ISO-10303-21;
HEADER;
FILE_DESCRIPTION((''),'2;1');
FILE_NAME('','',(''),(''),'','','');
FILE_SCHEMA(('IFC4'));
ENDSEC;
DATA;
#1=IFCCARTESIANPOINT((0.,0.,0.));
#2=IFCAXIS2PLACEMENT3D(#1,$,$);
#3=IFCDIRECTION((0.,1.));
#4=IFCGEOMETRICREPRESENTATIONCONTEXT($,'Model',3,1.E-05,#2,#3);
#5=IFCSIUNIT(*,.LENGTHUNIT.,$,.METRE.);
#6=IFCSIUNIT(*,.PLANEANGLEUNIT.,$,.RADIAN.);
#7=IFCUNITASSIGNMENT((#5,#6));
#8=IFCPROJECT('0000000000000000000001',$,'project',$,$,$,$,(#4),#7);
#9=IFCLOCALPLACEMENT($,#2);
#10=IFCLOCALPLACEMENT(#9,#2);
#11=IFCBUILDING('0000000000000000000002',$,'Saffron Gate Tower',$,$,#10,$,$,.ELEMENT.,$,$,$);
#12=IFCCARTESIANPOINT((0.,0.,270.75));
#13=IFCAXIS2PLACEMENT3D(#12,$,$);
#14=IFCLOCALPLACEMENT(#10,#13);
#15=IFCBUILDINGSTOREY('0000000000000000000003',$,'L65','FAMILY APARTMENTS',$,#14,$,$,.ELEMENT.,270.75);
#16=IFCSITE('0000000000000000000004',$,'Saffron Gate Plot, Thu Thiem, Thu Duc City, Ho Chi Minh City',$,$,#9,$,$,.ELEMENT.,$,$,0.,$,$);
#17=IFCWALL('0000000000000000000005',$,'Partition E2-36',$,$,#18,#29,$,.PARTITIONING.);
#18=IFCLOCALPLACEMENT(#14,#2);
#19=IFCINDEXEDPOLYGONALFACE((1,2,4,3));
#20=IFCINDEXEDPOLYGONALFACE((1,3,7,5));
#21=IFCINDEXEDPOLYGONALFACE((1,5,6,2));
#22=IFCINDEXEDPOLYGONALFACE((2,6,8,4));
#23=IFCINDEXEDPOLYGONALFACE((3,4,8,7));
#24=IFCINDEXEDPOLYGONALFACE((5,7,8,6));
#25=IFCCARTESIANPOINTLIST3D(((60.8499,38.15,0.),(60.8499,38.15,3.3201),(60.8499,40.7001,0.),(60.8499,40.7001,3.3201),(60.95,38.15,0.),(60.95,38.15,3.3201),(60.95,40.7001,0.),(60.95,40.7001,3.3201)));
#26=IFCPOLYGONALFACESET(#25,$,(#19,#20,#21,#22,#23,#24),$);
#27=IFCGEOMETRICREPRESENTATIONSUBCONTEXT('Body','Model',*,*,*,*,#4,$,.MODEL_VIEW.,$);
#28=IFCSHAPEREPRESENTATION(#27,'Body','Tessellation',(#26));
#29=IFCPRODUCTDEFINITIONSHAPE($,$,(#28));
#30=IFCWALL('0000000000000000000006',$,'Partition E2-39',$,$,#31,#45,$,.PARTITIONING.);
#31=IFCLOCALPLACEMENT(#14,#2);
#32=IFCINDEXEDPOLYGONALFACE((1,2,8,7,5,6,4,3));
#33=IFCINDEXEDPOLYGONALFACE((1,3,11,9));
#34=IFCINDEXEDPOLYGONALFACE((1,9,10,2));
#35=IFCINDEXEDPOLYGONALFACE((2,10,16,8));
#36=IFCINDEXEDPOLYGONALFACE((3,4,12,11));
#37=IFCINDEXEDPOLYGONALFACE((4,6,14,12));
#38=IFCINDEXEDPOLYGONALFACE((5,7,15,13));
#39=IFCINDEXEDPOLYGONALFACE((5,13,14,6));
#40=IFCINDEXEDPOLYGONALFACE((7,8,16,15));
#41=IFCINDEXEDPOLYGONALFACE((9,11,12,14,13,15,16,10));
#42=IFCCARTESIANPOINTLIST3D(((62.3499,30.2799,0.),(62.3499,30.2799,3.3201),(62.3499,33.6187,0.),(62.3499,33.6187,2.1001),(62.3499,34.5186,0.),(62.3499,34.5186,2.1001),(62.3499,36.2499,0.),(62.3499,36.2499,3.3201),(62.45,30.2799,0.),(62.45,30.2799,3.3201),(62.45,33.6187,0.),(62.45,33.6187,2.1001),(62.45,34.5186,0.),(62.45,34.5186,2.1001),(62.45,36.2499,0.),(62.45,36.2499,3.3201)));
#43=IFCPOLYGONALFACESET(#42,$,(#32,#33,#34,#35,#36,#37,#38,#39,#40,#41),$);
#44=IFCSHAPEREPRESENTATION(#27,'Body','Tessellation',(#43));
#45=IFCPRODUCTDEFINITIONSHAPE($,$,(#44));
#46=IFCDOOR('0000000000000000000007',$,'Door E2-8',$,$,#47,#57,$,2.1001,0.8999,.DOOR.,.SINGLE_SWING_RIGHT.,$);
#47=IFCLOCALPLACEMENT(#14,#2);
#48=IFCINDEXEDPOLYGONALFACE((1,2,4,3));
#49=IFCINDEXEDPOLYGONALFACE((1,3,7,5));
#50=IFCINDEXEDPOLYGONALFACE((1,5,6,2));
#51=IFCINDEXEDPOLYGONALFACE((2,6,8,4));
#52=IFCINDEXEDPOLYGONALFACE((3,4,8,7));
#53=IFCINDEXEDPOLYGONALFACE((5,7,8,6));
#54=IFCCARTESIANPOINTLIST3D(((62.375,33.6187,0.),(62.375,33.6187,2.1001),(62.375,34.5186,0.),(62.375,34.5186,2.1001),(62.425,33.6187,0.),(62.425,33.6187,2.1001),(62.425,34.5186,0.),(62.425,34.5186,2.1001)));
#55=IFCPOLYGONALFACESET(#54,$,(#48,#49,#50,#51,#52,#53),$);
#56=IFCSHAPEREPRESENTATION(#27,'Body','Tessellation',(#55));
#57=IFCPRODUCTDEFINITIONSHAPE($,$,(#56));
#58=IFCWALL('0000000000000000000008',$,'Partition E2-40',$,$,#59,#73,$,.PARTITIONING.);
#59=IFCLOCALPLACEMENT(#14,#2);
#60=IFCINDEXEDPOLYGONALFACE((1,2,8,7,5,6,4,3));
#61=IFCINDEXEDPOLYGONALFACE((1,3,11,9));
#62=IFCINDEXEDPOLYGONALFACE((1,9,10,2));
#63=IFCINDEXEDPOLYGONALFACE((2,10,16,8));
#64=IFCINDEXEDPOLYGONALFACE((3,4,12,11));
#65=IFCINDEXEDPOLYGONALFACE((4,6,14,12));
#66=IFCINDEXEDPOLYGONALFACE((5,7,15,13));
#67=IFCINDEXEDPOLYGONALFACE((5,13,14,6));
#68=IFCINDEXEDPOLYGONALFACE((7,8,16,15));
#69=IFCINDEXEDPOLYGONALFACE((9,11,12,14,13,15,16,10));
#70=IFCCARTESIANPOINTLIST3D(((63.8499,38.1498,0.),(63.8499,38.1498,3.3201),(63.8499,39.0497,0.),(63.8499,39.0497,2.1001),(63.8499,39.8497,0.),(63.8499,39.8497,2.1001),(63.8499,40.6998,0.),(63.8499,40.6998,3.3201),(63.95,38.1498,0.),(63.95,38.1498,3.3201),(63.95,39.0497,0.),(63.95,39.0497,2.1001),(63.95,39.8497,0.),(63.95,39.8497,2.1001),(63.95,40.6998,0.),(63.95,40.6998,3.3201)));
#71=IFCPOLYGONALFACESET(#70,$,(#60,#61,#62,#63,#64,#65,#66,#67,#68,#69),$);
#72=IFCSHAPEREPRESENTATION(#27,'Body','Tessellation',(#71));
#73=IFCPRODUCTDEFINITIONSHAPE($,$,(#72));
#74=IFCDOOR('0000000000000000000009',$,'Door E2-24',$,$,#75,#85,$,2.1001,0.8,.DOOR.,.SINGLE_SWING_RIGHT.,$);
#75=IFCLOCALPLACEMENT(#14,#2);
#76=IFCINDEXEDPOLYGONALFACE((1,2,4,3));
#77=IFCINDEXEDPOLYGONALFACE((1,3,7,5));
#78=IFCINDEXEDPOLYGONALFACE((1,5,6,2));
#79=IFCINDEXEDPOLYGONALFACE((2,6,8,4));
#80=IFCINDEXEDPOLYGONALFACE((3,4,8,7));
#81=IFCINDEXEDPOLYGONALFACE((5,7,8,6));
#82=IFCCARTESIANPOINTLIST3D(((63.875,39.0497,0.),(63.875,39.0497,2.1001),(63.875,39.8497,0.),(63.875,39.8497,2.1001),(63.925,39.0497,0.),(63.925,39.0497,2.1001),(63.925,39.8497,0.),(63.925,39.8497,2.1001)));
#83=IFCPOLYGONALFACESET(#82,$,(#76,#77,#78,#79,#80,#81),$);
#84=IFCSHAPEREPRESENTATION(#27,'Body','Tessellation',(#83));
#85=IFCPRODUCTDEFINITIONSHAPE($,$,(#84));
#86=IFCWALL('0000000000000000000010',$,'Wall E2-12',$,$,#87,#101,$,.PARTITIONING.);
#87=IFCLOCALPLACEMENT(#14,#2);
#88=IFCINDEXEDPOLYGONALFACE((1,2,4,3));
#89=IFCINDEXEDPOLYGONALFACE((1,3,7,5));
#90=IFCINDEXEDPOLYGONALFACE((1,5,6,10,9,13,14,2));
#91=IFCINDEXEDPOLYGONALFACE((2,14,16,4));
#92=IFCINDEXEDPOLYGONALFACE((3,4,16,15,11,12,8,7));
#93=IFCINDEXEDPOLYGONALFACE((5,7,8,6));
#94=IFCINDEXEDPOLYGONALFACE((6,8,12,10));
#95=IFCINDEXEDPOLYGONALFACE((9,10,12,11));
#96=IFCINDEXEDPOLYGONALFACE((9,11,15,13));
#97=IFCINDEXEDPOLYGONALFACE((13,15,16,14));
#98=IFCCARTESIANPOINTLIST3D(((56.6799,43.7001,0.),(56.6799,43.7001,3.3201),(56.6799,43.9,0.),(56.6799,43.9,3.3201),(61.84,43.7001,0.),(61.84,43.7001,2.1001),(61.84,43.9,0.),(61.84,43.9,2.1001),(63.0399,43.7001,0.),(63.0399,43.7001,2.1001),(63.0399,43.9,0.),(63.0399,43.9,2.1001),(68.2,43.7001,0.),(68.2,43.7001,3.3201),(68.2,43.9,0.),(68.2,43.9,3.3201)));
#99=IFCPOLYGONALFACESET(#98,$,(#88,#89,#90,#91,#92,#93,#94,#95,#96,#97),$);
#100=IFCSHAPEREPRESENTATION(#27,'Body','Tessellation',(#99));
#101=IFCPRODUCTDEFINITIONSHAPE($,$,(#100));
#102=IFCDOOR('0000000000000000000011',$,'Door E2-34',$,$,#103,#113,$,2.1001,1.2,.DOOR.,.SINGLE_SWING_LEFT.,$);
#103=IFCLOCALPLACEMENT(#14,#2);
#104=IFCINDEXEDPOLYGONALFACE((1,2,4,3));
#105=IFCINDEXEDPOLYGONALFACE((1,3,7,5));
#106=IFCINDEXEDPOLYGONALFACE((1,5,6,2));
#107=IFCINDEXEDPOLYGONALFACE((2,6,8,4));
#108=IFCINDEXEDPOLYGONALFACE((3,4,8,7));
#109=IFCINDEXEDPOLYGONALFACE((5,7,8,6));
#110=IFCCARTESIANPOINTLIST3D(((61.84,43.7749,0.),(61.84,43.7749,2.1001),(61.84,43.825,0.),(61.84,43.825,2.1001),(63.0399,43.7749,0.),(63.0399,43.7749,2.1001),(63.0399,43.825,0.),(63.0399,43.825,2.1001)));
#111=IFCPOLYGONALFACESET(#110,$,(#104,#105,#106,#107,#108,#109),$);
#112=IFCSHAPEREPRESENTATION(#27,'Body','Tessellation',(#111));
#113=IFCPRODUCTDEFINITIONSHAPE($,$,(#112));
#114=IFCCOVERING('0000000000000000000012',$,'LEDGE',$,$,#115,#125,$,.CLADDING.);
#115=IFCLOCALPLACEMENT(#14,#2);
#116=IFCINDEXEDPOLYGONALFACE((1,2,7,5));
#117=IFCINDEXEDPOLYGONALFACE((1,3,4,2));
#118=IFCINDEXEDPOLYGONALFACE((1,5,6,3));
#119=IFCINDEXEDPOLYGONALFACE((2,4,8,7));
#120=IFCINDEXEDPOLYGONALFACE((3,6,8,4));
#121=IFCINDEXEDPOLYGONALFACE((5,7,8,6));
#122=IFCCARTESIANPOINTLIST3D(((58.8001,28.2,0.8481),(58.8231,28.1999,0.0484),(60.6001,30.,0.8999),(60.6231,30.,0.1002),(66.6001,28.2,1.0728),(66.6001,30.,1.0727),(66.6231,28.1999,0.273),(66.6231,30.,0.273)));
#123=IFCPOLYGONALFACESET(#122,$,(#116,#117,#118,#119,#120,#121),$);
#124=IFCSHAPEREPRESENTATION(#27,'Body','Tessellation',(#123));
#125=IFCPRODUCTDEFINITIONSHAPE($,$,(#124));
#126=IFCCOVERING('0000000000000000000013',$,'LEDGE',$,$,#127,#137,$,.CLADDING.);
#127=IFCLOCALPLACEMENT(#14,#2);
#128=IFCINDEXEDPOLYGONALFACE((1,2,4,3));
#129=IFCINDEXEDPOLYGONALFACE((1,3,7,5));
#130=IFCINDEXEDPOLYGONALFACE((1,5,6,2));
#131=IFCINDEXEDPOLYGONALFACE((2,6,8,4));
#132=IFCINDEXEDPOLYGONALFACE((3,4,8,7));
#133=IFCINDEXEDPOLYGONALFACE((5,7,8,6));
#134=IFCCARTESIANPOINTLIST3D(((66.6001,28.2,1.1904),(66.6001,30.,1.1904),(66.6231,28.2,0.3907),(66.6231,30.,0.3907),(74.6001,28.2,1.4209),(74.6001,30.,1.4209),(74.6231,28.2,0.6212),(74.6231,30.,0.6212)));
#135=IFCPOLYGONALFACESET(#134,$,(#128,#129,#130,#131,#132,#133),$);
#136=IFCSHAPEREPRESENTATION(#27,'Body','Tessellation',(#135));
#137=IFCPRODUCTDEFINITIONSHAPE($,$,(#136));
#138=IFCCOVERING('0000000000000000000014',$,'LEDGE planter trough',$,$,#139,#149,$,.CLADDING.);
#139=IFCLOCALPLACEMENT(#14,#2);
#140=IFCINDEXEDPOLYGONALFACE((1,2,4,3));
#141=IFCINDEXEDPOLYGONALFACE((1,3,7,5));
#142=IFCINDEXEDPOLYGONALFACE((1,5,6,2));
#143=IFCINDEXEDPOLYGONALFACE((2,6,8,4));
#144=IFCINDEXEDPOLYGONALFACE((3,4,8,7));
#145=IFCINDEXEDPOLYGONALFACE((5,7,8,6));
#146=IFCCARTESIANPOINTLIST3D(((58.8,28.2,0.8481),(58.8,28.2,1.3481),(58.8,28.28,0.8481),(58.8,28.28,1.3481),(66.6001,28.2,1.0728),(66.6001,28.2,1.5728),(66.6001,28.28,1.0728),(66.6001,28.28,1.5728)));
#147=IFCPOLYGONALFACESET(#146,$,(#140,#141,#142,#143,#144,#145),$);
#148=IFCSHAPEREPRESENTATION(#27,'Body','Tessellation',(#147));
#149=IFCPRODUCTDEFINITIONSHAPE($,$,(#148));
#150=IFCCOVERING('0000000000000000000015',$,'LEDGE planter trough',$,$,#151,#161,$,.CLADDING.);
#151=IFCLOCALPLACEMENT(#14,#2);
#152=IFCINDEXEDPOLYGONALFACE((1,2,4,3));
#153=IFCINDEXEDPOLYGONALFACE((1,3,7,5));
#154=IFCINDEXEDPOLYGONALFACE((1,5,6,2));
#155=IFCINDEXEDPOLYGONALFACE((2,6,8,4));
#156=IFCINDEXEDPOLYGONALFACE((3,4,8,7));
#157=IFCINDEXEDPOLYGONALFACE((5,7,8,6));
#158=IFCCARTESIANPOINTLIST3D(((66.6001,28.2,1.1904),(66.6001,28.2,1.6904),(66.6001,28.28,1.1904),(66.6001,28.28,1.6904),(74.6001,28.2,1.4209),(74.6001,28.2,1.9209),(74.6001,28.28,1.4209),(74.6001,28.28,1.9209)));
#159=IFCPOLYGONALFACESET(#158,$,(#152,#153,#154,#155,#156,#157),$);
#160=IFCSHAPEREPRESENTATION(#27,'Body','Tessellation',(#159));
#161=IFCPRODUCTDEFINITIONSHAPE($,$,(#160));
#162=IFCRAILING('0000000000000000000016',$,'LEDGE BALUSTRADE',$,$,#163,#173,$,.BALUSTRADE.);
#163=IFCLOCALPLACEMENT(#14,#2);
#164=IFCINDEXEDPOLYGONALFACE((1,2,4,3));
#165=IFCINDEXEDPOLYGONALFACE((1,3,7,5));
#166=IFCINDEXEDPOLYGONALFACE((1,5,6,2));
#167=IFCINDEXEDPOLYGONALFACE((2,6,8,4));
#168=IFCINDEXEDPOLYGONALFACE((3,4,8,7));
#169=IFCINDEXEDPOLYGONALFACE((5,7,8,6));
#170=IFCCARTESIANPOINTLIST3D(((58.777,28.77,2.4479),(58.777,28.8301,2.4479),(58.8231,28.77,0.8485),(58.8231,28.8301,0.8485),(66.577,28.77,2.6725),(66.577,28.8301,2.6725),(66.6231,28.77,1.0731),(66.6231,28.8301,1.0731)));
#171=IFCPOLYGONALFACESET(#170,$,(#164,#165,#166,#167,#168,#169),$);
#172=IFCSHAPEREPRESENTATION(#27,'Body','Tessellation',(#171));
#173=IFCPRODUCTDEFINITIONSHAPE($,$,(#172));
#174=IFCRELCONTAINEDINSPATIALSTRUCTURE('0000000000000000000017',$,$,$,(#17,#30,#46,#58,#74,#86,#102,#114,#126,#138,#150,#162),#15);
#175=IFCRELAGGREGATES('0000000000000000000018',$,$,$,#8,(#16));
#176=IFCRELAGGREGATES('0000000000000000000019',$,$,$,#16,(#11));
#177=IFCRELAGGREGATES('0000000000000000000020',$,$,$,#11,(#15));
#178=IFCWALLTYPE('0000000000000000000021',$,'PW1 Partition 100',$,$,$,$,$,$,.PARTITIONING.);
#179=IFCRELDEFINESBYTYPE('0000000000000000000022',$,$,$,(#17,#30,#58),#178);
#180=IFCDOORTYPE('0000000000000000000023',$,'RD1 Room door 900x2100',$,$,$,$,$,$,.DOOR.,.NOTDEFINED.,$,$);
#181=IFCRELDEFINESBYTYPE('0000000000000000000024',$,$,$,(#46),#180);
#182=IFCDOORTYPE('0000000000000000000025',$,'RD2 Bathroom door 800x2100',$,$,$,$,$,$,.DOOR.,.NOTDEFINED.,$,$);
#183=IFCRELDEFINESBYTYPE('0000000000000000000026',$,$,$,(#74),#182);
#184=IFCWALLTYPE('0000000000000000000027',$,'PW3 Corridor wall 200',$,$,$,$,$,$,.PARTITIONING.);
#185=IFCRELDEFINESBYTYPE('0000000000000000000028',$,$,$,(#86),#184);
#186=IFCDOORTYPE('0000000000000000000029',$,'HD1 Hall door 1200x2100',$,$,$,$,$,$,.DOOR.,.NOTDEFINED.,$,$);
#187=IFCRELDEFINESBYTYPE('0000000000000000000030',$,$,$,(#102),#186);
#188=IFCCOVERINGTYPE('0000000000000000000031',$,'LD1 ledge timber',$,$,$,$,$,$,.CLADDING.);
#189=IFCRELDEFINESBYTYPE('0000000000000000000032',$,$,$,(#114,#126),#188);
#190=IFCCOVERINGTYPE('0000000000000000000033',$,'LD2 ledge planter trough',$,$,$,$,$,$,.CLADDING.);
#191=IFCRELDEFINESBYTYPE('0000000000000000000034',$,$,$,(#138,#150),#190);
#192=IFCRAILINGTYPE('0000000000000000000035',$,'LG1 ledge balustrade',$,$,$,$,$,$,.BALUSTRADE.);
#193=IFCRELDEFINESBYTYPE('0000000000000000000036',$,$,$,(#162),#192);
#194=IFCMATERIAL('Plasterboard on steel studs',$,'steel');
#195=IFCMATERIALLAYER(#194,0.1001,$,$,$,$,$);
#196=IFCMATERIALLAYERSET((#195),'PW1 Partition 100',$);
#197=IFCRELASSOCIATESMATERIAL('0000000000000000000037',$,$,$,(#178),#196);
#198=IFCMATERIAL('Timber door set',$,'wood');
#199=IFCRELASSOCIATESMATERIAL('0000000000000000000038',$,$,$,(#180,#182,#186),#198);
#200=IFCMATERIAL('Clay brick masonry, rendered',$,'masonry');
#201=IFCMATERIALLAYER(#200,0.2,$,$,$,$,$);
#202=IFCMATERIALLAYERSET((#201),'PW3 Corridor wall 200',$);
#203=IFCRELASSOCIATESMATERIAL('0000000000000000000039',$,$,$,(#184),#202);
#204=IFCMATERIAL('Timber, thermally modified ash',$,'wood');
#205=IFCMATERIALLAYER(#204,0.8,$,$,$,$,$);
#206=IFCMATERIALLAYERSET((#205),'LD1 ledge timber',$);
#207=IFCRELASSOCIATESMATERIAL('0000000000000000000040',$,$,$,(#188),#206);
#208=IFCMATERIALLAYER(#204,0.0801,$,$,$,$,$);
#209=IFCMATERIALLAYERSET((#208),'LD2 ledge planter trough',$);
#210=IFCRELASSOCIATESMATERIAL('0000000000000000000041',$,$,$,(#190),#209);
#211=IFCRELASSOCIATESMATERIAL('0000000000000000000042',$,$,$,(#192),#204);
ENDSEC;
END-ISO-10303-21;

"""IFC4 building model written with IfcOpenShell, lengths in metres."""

from ifc_helpers import new_model, si_unit, direction, frame, frame_2d, origin, origin_2d, place, context, subcontext, project, spatial, polyline, rectangle, outline, extrude, material, layer, layer_set, type_object, element, fill, save


model = new_model("IFC4")

# Units and contexts
model_context = context("Model", 3, precision=1e-05, world=origin(), true_north=direction((0.0, 1.0)))
body_context = subcontext(model_context, "Body", "Model", "MODEL_VIEW")
ifc_project = project(units=[si_unit("LENGTHUNIT", "METRE"), si_unit("PLANEANGLEUNIT", "RADIAN")], contexts=[model_context])

# Site, building, storey
site_placement = place(None, origin())
site = spatial("IfcSite", under=ifc_project, at=site_placement, Name="Saffron Gate Plot, Thu Thiem, Thu Duc City, Ho Chi Minh City", CompositionType="ELEMENT", RefElevation=0.0)
building_placement = place(site_placement, origin())
building = spatial("IfcBuilding", under=site, at=building_placement, Name="Saffron Gate Tower", CompositionType="ELEMENT")
storey_placement = place(building_placement, frame((0.0, 0.0, 270.75)))
storey = spatial("IfcBuildingStorey", under=building, at=storey_placement, Name="L65", Description="FAMILY APARTMENTS", CompositionType="ELEMENT", Elevation=270.75)

# Wall
ifc_material_1 = material(Name="Plasterboard on steel studs", Category="steel")
ifc_layer_1 = layer(ifc_material_1, 0.1001)
ifc_layer_set_1 = layer_set([ifc_layer_1], Name="PW1 Partition 100")
wall_type_1 = type_object("IfcWallType", Name="PW1 Partition 100", PredefinedType="PARTITIONING", material=ifc_layer_set_1)
wall_1_placement = place(storey_placement, frame((60.8999, 40.7, 0.0), z_axis=(0.0, 0.0, 1.0), x_axis=(0.0, -1.0, 0.0)))
element("IfcWall", 1, at=wall_1_placement, inside=storey, type_object=wall_type_1, Name="Partition E2-36", PredefinedType="PARTITIONING", context=body_context, shape_type="SweptSolid", body=[
    extrude(rectangle(XDim=2.55, YDim=0.1001, at=frame_2d((1.2749, 0.0))), origin(), (0.0, 0.0, 1.0), 3.3201),
])

# Walls, openings, doors
wall_2_placement = place(storey_placement, frame((62.3999, 30.28, 0.0), z_axis=(0.0, 0.0, 1.0), x_axis=(0.0, 1.0, 0.0)))
wall_2 = element("IfcWall", 2, at=wall_2_placement, inside=storey, type_object=wall_type_1, Name="Partition E2-39", PredefinedType="PARTITIONING", context=body_context, shape_type="SweptSolid", body=[
    extrude(rectangle(XDim=5.97, YDim=0.1001, at=frame_2d((2.9849, 0.0))), origin(), (0.0, 0.0, 1.0), 3.3201),
])
opening_1_placement = place(wall_2_placement, frame((3.3386, 0.0, 0.0)))
opening_1 = element("IfcOpeningElement", 3, at=opening_1_placement, cuts=wall_2, PredefinedType="OPENING", context=body_context, shape_type="SweptSolid", body=[
    extrude(rectangle(XDim=0.8999, YDim=2.1001, at=frame_2d((0.45, 1.05))), frame((0.0, 0.0601, 0.0), z_axis=(0.0, -1.0, 0.0), x_axis=(1.0, 0.0, 0.0)), (0.0, 0.0, 1.0), 0.1201),
])
ifc_material_2 = material(Name="Timber door set", Category="wood")
door_type_1 = type_object("IfcDoorType", Name="RD1 Room door 900x2100", OperationType="NOTDEFINED", PredefinedType="DOOR", material=ifc_material_2)
door_1_placement = place(opening_1_placement, origin())
door_1 = element("IfcDoor", 4, at=door_1_placement, inside=storey, type_object=door_type_1, Name="Door E2-8", OperationType="SINGLE_SWING_RIGHT", OverallHeight=2.1001, OverallWidth=0.8999, PredefinedType="DOOR", context=body_context, shape_type="SweptSolid", body=[
    extrude(rectangle(XDim=0.8999, YDim=2.1001, at=frame_2d((0.45, 1.05))), frame((0.0, 0.0249, 0.0), z_axis=(0.0, -1.0, 0.0), x_axis=(1.0, 0.0, 0.0)), (0.0, 0.0, 1.0), 0.05),
])
fill(opening_1, door_1)
wall_3_placement = place(storey_placement, frame((63.8999, 38.1499, 0.0), z_axis=(0.0, 0.0, 1.0), x_axis=(0.0, 1.0, 0.0)))
wall_3 = element("IfcWall", 5, at=wall_3_placement, inside=storey, type_object=wall_type_1, Name="Partition E2-40", PredefinedType="PARTITIONING", context=body_context, shape_type="SweptSolid", body=[
    extrude(rectangle(XDim=2.55, YDim=0.1001, at=frame_2d((1.2749, 0.0))), origin(), (0.0, 0.0, 1.0), 3.3201),
])
opening_2_placement = place(wall_3_placement, frame((0.8999, 0.0, 0.0)))
opening_2 = element("IfcOpeningElement", 6, at=opening_2_placement, cuts=wall_3, PredefinedType="OPENING", context=body_context, shape_type="SweptSolid", body=[
    extrude(rectangle(XDim=0.8, YDim=2.1001, at=frame_2d((0.3999, 1.05))), frame((0.0, 0.0601, 0.0), z_axis=(0.0, -1.0, 0.0), x_axis=(1.0, 0.0, 0.0)), (0.0, 0.0, 1.0), 0.1201),
])
door_type_2 = type_object("IfcDoorType", Name="RD2 Bathroom door 800x2100", OperationType="NOTDEFINED", PredefinedType="DOOR", material=ifc_material_2)
door_2_placement = place(opening_2_placement, origin())
door_2 = element("IfcDoor", 7, at=door_2_placement, inside=storey, type_object=door_type_2, Name="Door E2-24", OperationType="SINGLE_SWING_RIGHT", OverallHeight=2.1001, OverallWidth=0.8, PredefinedType="DOOR", context=body_context, shape_type="SweptSolid", body=[
    extrude(rectangle(XDim=0.8, YDim=2.1001, at=frame_2d((0.3999, 1.05))), frame((0.0, 0.0249, 0.0), z_axis=(0.0, -1.0, 0.0), x_axis=(1.0, 0.0, 0.0)), (0.0, 0.0, 1.0), 0.05),
])
fill(opening_2, door_2)
ifc_material_3 = material(Name="Clay brick masonry, rendered", Category="masonry")
ifc_layer_2 = layer(ifc_material_3, 0.2)
ifc_layer_set_2 = layer_set([ifc_layer_2], Name="PW3 Corridor wall 200")
wall_type_2 = type_object("IfcWallType", Name="PW3 Corridor wall 200", PredefinedType="PARTITIONING", material=ifc_layer_set_2)
wall_4_placement = place(storey_placement, frame((56.6799, 43.8, 0.0), z_axis=(0.0, 0.0, 1.0), x_axis=(1.0, 0.0, 0.0)))
wall_4 = element("IfcWall", 8, at=wall_4_placement, inside=storey, type_object=wall_type_2, Name="Wall E2-12", PredefinedType="PARTITIONING", context=body_context, shape_type="SweptSolid", body=[
    extrude(rectangle(XDim=11.52, YDim=0.2, at=frame_2d((5.76, 0.0))), origin(), (0.0, 0.0, 1.0), 3.3201),
])
opening_3_placement = place(wall_4_placement, frame((5.1599, 0.0, 0.0)))
opening_3 = element("IfcOpeningElement", 9, at=opening_3_placement, cuts=wall_4, PredefinedType="OPENING", context=body_context, shape_type="SweptSolid", body=[
    extrude(rectangle(XDim=1.2, YDim=2.1001, at=frame_2d((0.6001, 1.05))), frame((0.0, 0.1099, 0.0), z_axis=(0.0, -1.0, 0.0), x_axis=(1.0, 0.0, 0.0)), (0.0, 0.0, 1.0), 0.22),
])
door_type_3 = type_object("IfcDoorType", Name="HD1 Hall door 1200x2100", OperationType="NOTDEFINED", PredefinedType="DOOR", material=ifc_material_2)
door_3_placement = place(opening_3_placement, origin())
door_3 = element("IfcDoor", 10, at=door_3_placement, inside=storey, type_object=door_type_3, Name="Door E2-34", OperationType="SINGLE_SWING_LEFT", OverallHeight=2.1001, OverallWidth=1.2, PredefinedType="DOOR", context=body_context, shape_type="SweptSolid", body=[
    extrude(rectangle(XDim=1.2, YDim=2.1001, at=frame_2d((0.6001, 1.05))), frame((0.0, 0.0249, 0.0), z_axis=(0.0, -1.0, 0.0), x_axis=(1.0, 0.0, 0.0)), (0.0, 0.0, 1.0), 0.05),
])
fill(opening_3, door_3)

# Coverings
ifc_material_4 = material(Name="Timber, thermally modified ash", Category="wood")
ifc_layer_3 = layer(ifc_material_4, 0.8)
ifc_layer_set_3 = layer_set([ifc_layer_3], Name="LD1 ledge timber")
covering_type_1 = type_object("IfcCoveringType", Name="LD1 ledge timber", PredefinedType="CLADDING", material=ifc_layer_set_3)
covering_1_placement = place(storey_placement, frame((60.6001, 30.0, 0.8999), z_axis=(-0.028789, 0.000024, 0.999585), x_axis=(0.999585, 0.0, 0.028789)))
element("IfcCovering", 11, at=covering_1_placement, inside=storey, type_object=covering_type_1, Name="LEDGE", PredefinedType="CLADDING", context=body_context, shape_type="SweptSolid", body=[
    extrude(outline(polyline([(0.0, 0.0), (6.0025, 0.0), (6.0025, -1.8), (-1.8008, -1.8), (0.0, 0.0)])), origin(), (0.0, 0.0, -1.0), 0.8),
])
covering_2_placement = place(storey_placement, frame((66.6001, 30.0, 1.1904), z_axis=(-0.028797, 0.0, 0.999585), x_axis=(0.999585, 0.0, 0.028797)))
element("IfcCovering", 12, at=covering_2_placement, inside=storey, type_object=covering_type_1, Name="LEDGE", PredefinedType="CLADDING", context=body_context, shape_type="SweptSolid", body=[
    extrude(outline(polyline([(0.0, 0.0), (8.0033, 0.0), (8.0033, -1.8), (0.0, -1.8), (0.0, 0.0)])), origin(), (0.0, 0.0, -1.0), 0.8),
])
ifc_layer_4 = layer(ifc_material_4, 0.0801)
ifc_layer_set_4 = layer_set([ifc_layer_4], Name="LD2 ledge planter trough")
covering_type_2 = type_object("IfcCoveringType", Name="LD2 ledge planter trough", PredefinedType="CLADDING", material=ifc_layer_set_4)
covering_3_placement = place(storey_placement, frame((58.8, 28.2, 0.8481), z_axis=(0.0, -1.0, 0.0), x_axis=(0.999586, 0.0, 0.028784)))
element("IfcCovering", 13, at=covering_3_placement, inside=storey, type_object=covering_type_2, Name="LEDGE planter trough", PredefinedType="CLADDING", context=body_context, shape_type="SweptSolid", body=[
    extrude(outline(polyline([(0.0, 0.0), (7.8033, 0.0), (7.8177, 0.4998), (0.0144, 0.4998), (0.0, 0.0)])), origin(), (0.0, 0.0, -1.0), 0.0801),
])
covering_4_placement = place(storey_placement, frame((66.6001, 28.2, 1.1904), z_axis=(0.0, -1.0, 0.0), x_axis=(0.999585, 0.0, 0.028797)))
element("IfcCovering", 14, at=covering_4_placement, inside=storey, type_object=covering_type_2, Name="LEDGE planter trough", PredefinedType="CLADDING", context=body_context, shape_type="SweptSolid", body=[
    extrude(outline(polyline([(0.0, 0.0), (8.0033, 0.0), (8.0177, 0.4998), (0.0144, 0.4998), (0.0, 0.0)])), origin(), (0.0, 0.0, -1.0), 0.0801),
])

# Railing
railing_type = type_object("IfcRailingType", Name="LG1 ledge balustrade", PredefinedType="BALUSTRADE", material=ifc_material_4)
railing_1_placement = place(storey_placement, frame((58.8, 28.8, 0.8481)))
element("IfcRailing", 15, at=railing_1_placement, inside=storey, type_object=railing_type, Name="LEDGE BALUSTRADE", PredefinedType="BALUSTRADE", context=body_context, shape_type="SweptSolid", body=[
    extrude(rectangle(XDim=0.0601, YDim=1.6001, at=origin_2d()), frame((0.0, 0.0, 0.8), z_axis=(0.999586, 0.0, 0.028784), x_axis=(0.0, 1.0, 0.0)), (0.0, 0.0, 1.0), 7.8032),
])

save(model, "model.ifc")
